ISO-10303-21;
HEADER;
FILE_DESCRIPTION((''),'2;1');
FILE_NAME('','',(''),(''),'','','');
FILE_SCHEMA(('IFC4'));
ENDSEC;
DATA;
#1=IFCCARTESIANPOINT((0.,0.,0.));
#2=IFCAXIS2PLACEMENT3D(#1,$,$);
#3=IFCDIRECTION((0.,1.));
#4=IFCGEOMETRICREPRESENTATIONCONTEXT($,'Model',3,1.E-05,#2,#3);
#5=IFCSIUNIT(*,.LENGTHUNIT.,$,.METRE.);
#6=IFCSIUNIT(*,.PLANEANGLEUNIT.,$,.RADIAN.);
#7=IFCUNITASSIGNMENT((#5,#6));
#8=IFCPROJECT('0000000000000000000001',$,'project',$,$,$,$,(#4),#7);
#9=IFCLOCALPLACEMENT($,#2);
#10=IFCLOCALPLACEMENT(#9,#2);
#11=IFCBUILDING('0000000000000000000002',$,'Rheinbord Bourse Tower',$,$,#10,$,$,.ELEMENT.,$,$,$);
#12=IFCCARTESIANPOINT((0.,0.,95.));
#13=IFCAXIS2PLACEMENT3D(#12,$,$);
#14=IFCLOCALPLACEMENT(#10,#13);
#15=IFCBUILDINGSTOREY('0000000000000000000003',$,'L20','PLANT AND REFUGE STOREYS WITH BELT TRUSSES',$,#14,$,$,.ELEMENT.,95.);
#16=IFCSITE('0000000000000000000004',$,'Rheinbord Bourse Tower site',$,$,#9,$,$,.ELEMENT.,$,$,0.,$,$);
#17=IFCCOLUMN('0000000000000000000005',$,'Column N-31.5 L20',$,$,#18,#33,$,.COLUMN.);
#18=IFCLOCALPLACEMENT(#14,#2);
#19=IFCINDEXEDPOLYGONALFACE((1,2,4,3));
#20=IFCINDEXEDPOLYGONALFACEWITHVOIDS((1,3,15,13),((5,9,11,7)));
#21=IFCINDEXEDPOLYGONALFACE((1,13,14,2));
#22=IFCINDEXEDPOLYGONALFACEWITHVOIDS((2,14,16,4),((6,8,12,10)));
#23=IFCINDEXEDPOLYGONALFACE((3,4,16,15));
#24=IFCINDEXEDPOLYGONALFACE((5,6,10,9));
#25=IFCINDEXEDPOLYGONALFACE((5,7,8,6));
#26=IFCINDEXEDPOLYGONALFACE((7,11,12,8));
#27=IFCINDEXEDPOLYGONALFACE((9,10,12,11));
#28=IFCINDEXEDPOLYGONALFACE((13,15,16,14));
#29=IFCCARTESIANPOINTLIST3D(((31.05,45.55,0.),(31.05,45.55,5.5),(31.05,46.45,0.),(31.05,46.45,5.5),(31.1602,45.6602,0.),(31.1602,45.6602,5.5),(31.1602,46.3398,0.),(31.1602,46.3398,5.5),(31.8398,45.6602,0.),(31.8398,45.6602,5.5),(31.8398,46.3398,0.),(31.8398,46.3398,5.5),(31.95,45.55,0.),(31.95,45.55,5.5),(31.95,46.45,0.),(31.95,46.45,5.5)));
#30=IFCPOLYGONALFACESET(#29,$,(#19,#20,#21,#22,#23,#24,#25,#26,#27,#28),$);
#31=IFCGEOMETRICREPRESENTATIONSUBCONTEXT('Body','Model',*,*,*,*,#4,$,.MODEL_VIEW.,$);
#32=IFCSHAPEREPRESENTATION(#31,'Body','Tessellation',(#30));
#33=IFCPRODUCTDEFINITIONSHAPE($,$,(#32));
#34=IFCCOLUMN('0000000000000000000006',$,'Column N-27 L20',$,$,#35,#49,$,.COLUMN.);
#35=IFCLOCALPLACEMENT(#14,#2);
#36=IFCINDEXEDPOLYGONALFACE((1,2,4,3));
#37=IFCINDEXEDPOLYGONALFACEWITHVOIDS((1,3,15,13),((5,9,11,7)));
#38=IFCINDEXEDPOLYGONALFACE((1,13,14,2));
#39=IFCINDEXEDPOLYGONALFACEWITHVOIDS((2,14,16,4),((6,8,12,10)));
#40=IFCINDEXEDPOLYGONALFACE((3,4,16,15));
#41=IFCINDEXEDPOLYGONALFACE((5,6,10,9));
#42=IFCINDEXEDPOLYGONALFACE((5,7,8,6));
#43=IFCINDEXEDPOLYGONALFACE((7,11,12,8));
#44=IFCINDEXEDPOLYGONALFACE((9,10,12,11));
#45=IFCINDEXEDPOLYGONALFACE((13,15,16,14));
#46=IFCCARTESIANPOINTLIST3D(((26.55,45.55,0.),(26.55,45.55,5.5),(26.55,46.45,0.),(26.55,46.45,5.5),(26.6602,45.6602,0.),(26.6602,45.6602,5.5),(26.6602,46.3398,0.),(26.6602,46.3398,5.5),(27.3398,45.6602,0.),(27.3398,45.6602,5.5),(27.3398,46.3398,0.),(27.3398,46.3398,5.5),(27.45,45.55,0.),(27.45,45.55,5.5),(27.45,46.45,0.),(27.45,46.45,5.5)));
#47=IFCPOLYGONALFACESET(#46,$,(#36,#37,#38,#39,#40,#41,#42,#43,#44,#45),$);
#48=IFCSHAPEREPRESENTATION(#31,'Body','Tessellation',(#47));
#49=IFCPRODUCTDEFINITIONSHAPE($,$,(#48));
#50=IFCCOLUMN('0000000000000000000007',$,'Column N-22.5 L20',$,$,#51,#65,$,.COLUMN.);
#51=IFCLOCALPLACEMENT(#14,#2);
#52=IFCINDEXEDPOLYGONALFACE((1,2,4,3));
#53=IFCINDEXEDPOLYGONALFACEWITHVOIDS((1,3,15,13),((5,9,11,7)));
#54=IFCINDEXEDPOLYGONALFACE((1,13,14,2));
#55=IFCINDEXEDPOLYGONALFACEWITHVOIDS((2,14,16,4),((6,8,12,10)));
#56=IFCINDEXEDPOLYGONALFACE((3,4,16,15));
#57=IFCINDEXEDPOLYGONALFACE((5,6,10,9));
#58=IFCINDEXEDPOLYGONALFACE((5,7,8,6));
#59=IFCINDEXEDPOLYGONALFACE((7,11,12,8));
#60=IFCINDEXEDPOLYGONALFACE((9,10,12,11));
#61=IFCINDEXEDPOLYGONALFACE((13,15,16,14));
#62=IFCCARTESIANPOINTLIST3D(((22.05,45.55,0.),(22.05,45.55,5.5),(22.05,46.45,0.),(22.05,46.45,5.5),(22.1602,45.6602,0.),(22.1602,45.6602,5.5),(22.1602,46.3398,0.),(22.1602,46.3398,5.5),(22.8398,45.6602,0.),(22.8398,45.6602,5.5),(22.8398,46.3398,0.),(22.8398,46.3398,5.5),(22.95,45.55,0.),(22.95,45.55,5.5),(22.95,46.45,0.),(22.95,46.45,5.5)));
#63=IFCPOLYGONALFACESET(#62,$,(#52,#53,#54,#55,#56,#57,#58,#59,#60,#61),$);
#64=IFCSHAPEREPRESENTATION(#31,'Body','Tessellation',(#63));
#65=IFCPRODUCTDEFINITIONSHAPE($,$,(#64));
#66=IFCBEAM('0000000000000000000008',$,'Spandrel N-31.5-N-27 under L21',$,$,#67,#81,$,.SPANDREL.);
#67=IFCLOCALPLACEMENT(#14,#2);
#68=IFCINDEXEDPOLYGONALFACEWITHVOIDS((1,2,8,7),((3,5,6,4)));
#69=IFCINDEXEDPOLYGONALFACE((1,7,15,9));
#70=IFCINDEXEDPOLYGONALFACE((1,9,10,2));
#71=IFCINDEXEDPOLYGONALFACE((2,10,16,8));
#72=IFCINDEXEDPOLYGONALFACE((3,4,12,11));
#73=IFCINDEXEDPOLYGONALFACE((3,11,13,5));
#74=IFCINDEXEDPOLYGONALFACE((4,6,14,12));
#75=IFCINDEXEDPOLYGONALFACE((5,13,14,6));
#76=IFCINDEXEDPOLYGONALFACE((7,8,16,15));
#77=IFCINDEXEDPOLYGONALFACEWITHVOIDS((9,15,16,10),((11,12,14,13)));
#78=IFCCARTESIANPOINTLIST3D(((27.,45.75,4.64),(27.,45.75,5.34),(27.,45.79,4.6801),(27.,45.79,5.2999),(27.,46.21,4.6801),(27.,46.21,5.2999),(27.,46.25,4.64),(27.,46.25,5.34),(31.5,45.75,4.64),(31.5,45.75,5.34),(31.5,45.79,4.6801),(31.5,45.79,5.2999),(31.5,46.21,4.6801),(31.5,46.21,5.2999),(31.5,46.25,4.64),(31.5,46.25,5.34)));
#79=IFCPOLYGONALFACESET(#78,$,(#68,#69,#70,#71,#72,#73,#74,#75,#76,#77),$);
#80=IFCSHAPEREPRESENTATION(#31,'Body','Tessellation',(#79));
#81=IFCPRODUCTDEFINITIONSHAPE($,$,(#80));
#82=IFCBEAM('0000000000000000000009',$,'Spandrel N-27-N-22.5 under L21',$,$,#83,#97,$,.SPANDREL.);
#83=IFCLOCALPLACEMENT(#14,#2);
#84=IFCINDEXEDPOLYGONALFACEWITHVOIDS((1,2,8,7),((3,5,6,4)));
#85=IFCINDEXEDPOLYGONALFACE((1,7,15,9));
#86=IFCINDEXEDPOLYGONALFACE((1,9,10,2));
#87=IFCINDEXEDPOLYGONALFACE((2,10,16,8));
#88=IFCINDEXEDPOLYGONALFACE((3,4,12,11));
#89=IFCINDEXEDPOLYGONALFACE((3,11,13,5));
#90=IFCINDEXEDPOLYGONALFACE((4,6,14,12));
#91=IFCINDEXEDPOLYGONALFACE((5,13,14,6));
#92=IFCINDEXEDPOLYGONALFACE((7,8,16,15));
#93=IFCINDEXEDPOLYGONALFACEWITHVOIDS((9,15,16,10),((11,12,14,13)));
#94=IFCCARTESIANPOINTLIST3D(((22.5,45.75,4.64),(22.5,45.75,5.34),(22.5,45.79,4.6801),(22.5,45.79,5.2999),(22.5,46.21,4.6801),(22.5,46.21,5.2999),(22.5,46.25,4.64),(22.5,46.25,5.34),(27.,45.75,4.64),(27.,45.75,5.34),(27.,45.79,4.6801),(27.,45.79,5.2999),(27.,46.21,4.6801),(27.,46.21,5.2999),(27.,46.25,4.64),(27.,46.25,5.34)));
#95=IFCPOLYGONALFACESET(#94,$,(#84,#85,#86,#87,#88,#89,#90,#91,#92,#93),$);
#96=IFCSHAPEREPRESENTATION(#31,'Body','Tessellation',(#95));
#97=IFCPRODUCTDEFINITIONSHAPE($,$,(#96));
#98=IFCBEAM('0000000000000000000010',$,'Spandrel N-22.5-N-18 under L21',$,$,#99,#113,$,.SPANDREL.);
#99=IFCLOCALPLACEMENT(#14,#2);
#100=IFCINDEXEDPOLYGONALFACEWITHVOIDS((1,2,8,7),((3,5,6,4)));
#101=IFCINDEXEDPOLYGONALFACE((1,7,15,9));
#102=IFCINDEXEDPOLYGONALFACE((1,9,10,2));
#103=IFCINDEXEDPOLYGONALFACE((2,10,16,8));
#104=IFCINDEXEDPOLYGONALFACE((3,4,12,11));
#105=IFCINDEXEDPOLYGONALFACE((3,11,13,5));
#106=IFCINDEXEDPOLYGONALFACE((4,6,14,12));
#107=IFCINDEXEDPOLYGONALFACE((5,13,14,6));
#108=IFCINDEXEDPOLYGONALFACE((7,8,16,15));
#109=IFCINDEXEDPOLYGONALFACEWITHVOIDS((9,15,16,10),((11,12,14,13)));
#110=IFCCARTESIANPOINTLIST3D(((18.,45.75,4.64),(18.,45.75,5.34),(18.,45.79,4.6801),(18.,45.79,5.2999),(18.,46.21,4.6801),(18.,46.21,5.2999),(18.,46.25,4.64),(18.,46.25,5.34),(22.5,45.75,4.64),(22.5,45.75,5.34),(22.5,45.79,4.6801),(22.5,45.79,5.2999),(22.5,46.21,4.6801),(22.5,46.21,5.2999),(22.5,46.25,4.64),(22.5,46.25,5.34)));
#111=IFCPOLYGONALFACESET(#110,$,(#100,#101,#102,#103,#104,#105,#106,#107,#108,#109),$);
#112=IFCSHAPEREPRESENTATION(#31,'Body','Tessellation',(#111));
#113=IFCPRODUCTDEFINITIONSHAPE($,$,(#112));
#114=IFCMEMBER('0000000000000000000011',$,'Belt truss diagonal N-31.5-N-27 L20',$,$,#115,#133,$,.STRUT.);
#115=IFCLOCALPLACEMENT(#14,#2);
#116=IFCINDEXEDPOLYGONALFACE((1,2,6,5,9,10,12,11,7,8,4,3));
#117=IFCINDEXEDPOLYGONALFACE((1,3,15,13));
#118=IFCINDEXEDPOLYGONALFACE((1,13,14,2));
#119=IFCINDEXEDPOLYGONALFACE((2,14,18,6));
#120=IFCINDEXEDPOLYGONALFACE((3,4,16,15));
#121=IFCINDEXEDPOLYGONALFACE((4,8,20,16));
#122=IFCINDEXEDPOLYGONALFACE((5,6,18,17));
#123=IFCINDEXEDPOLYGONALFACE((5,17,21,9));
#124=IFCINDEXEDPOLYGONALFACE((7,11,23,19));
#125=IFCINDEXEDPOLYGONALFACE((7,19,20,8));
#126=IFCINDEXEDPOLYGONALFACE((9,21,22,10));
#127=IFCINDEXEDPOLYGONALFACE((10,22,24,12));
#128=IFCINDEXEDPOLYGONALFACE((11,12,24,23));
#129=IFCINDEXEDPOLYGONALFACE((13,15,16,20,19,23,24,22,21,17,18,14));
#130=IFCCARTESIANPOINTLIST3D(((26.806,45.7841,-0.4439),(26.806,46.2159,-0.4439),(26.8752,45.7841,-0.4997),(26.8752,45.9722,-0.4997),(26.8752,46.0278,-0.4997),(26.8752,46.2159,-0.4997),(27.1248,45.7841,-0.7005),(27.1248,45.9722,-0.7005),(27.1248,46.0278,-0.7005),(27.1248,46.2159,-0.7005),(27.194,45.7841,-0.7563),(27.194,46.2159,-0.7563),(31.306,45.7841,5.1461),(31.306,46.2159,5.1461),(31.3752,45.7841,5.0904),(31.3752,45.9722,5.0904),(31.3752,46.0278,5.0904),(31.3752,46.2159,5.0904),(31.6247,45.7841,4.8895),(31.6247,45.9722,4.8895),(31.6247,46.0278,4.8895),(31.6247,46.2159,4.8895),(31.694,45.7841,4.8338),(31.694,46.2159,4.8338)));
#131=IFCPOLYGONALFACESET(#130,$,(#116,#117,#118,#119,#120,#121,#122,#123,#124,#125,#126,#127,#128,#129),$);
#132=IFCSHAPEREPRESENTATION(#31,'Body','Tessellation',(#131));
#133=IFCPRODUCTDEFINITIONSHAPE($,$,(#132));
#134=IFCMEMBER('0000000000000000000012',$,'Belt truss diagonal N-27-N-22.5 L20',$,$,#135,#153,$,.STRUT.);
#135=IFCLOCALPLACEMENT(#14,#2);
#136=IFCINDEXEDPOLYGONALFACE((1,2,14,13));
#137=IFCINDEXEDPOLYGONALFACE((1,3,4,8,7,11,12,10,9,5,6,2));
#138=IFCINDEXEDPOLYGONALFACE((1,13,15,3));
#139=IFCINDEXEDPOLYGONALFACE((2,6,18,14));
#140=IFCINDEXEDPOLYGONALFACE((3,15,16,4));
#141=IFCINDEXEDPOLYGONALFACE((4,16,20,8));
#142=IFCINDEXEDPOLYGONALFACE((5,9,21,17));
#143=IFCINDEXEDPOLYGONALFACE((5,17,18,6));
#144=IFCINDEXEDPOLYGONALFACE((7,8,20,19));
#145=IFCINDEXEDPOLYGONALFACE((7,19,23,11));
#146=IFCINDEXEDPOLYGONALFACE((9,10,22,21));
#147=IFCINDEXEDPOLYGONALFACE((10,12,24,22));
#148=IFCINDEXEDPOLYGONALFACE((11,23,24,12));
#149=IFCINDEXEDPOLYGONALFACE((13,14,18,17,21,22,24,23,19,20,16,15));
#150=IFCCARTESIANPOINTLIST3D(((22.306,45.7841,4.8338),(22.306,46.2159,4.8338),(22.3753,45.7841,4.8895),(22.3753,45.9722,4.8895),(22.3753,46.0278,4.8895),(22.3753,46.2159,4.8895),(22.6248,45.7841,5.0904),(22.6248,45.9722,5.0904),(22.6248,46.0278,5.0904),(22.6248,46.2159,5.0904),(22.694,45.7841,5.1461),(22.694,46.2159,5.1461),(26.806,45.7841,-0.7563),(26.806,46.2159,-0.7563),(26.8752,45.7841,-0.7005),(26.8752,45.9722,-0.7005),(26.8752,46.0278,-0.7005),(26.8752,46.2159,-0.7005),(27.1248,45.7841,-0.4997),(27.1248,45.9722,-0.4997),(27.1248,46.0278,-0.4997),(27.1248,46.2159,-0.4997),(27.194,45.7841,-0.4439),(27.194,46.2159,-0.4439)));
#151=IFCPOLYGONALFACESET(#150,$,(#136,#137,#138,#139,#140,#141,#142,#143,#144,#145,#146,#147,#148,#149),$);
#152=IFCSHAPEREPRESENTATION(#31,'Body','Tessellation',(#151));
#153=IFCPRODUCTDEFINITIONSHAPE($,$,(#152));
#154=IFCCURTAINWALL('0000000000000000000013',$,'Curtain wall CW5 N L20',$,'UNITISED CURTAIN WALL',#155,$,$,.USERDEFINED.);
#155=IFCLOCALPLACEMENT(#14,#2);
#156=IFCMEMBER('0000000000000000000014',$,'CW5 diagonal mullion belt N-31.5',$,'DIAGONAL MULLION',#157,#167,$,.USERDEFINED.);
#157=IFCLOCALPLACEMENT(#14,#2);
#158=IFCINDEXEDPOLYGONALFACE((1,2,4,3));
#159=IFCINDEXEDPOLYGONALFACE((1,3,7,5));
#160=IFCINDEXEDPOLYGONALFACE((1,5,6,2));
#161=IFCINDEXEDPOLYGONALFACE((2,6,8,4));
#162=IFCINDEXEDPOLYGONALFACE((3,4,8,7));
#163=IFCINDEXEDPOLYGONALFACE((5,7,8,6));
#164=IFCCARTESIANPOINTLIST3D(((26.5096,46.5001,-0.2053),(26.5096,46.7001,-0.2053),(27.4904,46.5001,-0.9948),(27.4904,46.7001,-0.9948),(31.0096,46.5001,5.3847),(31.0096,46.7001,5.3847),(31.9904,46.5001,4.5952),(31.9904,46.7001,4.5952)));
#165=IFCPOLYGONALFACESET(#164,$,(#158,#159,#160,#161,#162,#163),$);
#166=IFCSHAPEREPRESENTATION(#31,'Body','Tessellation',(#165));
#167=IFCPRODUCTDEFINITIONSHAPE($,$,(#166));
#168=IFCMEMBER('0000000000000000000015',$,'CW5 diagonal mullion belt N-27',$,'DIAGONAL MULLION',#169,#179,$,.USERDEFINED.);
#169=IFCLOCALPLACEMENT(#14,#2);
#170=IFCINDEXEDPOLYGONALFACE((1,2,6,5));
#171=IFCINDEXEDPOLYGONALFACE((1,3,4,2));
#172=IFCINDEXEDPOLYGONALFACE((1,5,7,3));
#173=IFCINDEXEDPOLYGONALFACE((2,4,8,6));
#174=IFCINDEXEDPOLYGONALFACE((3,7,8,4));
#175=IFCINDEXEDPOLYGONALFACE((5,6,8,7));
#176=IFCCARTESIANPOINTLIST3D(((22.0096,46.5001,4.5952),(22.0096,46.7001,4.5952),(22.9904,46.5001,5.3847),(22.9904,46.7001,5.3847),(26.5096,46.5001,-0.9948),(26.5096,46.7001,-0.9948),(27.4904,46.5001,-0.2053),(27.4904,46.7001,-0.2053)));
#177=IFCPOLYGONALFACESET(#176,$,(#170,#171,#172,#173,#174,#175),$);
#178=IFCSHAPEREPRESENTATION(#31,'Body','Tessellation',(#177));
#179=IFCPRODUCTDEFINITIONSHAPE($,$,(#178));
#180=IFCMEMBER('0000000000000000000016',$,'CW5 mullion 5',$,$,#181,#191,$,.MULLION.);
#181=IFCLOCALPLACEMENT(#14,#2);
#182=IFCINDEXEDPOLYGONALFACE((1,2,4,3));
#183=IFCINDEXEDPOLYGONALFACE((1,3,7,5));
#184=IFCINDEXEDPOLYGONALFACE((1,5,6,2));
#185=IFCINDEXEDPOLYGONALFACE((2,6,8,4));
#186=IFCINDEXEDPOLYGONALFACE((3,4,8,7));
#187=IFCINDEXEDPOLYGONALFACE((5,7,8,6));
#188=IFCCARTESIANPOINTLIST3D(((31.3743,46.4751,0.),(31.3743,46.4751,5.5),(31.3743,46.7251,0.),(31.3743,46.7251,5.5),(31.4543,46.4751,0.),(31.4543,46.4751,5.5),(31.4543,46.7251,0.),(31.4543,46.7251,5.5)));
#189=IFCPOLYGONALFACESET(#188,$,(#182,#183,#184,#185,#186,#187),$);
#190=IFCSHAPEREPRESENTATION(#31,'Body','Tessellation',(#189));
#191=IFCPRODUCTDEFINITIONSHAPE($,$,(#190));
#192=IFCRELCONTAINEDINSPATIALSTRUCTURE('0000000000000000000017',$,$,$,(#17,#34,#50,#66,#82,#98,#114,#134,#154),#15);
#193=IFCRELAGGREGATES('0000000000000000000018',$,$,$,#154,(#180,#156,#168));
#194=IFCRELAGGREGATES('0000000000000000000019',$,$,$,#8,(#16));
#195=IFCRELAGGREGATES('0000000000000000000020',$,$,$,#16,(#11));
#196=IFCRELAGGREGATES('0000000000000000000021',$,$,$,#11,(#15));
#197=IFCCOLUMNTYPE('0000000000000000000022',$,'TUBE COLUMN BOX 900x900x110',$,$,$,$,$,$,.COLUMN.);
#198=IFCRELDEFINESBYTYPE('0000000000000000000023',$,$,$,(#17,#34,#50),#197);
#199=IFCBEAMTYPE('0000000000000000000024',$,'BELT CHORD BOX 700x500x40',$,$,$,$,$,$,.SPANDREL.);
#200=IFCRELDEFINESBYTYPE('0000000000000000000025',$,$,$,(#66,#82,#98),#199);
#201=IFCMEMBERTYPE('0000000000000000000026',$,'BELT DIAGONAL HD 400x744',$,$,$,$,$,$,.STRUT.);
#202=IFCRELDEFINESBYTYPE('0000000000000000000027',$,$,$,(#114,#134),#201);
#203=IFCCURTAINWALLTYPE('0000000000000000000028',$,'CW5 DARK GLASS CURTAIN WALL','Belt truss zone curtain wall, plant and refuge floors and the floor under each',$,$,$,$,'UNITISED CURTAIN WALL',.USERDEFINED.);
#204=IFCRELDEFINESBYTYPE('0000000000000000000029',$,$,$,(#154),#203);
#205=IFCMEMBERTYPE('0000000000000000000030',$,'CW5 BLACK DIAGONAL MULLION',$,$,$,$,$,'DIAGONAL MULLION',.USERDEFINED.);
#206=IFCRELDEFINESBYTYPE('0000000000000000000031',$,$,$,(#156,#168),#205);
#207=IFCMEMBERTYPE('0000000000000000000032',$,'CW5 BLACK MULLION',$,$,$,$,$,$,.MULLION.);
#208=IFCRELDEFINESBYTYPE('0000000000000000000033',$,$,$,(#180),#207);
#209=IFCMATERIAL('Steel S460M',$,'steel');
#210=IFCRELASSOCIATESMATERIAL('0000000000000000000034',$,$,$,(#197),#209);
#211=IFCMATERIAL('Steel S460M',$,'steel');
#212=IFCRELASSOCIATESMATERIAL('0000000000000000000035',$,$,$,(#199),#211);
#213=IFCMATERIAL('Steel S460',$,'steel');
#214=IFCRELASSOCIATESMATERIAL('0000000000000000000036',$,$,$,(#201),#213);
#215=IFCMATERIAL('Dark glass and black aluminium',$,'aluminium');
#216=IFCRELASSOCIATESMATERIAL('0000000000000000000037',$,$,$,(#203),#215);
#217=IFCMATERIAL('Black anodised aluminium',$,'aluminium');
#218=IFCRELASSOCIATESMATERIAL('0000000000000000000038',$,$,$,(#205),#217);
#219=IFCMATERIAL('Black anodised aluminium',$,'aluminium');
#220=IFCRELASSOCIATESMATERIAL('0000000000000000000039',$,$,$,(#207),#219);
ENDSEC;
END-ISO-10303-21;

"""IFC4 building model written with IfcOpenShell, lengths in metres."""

from ifc_helpers import new_model, si_unit, direction, frame, origin, origin_2d, place, context, subcontext, project, spatial, rectangle, hollow_rectangle, i_section, extrude, material, material_profile, profile_set, type_object, element, aggregate, save


model = new_model("IFC4")

# Units and contexts
model_context = context("Model", 3, precision=1e-05, world=origin(), true_north=direction((0.0, 1.0)))
body_context = subcontext(model_context, "Body", "Model", "MODEL_VIEW")
ifc_project = project(units=[si_unit("LENGTHUNIT", "METRE"), si_unit("PLANEANGLEUNIT", "RADIAN")], contexts=[model_context])

# Site, building, storey
site_placement = place(None, origin())
site = spatial("IfcSite", under=ifc_project, at=site_placement, Name="Rheinbord Bourse Tower site", CompositionType="ELEMENT", RefElevation=0.0)
building_placement = place(site_placement, origin())
building = spatial("IfcBuilding", under=site, at=building_placement, Name="Rheinbord Bourse Tower", CompositionType="ELEMENT")
storey_placement = place(building_placement, frame((0.0, 0.0, 95.0)))
storey = spatial("IfcBuildingStorey", under=building, at=storey_placement, Name="L20", Description="PLANT AND REFUGE STOREYS WITH BELT TRUSSES", CompositionType="ELEMENT", Elevation=95.0)

# Columns
ifc_material_1 = material(Name="Steel S460M", Category="steel")
ifc_material_profile_1 = material_profile(ifc_material_1, hollow_rectangle(XDim=0.8999, YDim=0.8999, WallThickness=0.1101, at=origin_2d()), Name="BOX 900x900x110")
ifc_profile_set_1 = profile_set([ifc_material_profile_1], Name="Steel S460M")
column_type = type_object("IfcColumnType", Name="TUBE COLUMN BOX 900x900x110", PredefinedType="COLUMN", material=ifc_profile_set_1)
for number, where, z_axis, x_axis, name in (
    (1, (31.5, 46.0, 0.0), (0.0, 0.0, 1.0), (0.0, 1.0, 0.0), "Column N-31.5 L20"),
    (2, (27.0, 46.0, 0.0), (0.0, 0.0, 1.0), (0.0, 1.0, 0.0), "Column N-27 L20"),
    (3, (22.5, 46.0, 0.0), (0.0, 0.0, 1.0), (0.0, 1.0, 0.0), "Column N-22.5 L20"),
):
    element("IfcColumn", number, at=place(storey_placement, frame(where, z_axis=z_axis, x_axis=x_axis)), inside=storey, type_object=column_type, Name=name, PredefinedType="COLUMN", context=body_context, shape_type="SweptSolid", body=[
        extrude(hollow_rectangle(XDim=0.8999, YDim=0.8999, WallThickness=0.1101, at=origin_2d()), origin(), (0.0, 0.0, 1.0), 5.5),
    ])

# Beams
ifc_material_2 = material(Name="Steel S460M", Category="steel")
ifc_material_profile_2 = material_profile(ifc_material_2, hollow_rectangle(XDim=0.5, YDim=0.7, WallThickness=0.04, at=origin_2d()), Name="BOX 700x500x40")
ifc_profile_set_2 = profile_set([ifc_material_profile_2], Name="Steel S460M")
beam_type_1 = type_object("IfcBeamType", Name="BELT CHORD BOX 700x500x40", PredefinedType="SPANDREL", material=ifc_profile_set_2)
for number, where, z_axis, x_axis, name in (
    (4, (31.5, 46.0, 4.99), (-1.0, 0.0, 0.0), (0.0, -1.0, 0.0), "Spandrel N-31.5-N-27 under L21"),
    (5, (27.0, 46.0, 4.99), (-1.0, 0.0, 0.0), (0.0, -1.0, 0.0), "Spandrel N-27-N-22.5 under L21"),
    (6, (22.5, 46.0, 4.99), (-1.0, 0.0, 0.0), (0.0, -1.0, 0.0), "Spandrel N-22.5-N-18 under L21"),
):
    element("IfcBeam", number, at=place(storey_placement, frame(where, z_axis=z_axis, x_axis=x_axis)), inside=storey, type_object=beam_type_1, Name=name, PredefinedType="SPANDREL", context=body_context, shape_type="SweptSolid", body=[
        extrude(hollow_rectangle(XDim=0.5, YDim=0.7, WallThickness=0.04, at=origin_2d()), origin(), (0.0, 0.0, 1.0), 4.5),
    ])

# Members
ifc_material_3 = material(Name="Steel S460", Category="steel")
ifc_material_profile_3 = material_profile(ifc_material_3, i_section(OverallWidth=0.4319, OverallDepth=0.498, WebThickness=0.0557, FlangeThickness=0.0889, at=origin_2d()), Name="HD 400x744")
ifc_profile_set_3 = profile_set([ifc_material_profile_3], Name="Steel S460")
member_type_1 = type_object("IfcMemberType", Name="BELT DIAGONAL HD 400x744", PredefinedType="STRUT", material=ifc_profile_set_3)
for number, where, z_axis, x_axis, name in (
    (7, (27.0, 46.0, -0.6001), (0.627065, 0.0, 0.778967), (0.0, 1.0, 0.0), "Belt truss diagonal N-31.5-N-27 L20"),
    (8, (27.0, 46.0, -0.6001), (-0.627065, 0.0, 0.778967), (0.0, -1.0, 0.0), "Belt truss diagonal N-27-N-22.5 L20"),
):
    element("IfcMember", number, at=place(storey_placement, frame(where, z_axis=z_axis, x_axis=x_axis)), inside=storey, type_object=member_type_1, Name=name, PredefinedType="STRUT", context=body_context, shape_type="SweptSolid", body=[
        extrude(i_section(OverallWidth=0.4319, OverallDepth=0.498, WebThickness=0.0557, FlangeThickness=0.0889, at=origin_2d()), origin(), (0.0, 0.0, 1.0), 7.1763),
    ])

# Curtain wall, members
ifc_material_4 = material(Name="Dark glass and black aluminium", Category="aluminium")
curtain_wall_type = type_object("IfcCurtainWallType", Name="CW5 DARK GLASS CURTAIN WALL", Description="Belt truss zone curtain wall, plant and refuge floors and the floor under each", ElementType="UNITISED CURTAIN WALL", PredefinedType="USERDEFINED", material=ifc_material_4)
curtain_wall_placement = place(storey_placement, origin())
curtain_wall = element("IfcCurtainWall", 9, at=curtain_wall_placement, inside=storey, type_object=curtain_wall_type, Name="Curtain wall CW5 N L20", ObjectType="UNITISED CURTAIN WALL", PredefinedType="USERDEFINED")
ifc_material_5 = material(Name="Black anodised aluminium", Category="aluminium")
ifc_material_profile_4 = material_profile(ifc_material_5, rectangle(XDim=0.2, YDim=1.259, at=origin_2d()), Name="CW5 DIAGONAL MULLION 1259x200")
ifc_profile_set_4 = profile_set([ifc_material_profile_4], Name="Black anodised aluminium")
member_type_2 = type_object("IfcMemberType", Name="CW5 BLACK DIAGONAL MULLION", ElementType="DIAGONAL MULLION", PredefinedType="USERDEFINED", material=ifc_profile_set_4)
member_1_placement = place(storey_placement, frame((27.0, 46.6001, -0.6001), z_axis=(0.627065, 0.0, 0.778967), x_axis=(0.0, 1.0, 0.0)))
member_1 = element("IfcMember", 10, at=member_1_placement, type_object=member_type_2, Name="CW5 diagonal mullion belt N-31.5", ObjectType="DIAGONAL MULLION", PredefinedType="USERDEFINED", context=body_context, shape_type="SweptSolid", body=[
    extrude(rectangle(XDim=0.2, YDim=1.259, at=origin_2d()), origin(), (0.0, 0.0, 1.0), 7.1763),
])
member_2_placement = place(storey_placement, frame((27.0, 46.6001, -0.6001), z_axis=(-0.627065, 0.0, 0.778967), x_axis=(0.0, -1.0, 0.0)))
member_2 = element("IfcMember", 11, at=member_2_placement, type_object=member_type_2, Name="CW5 diagonal mullion belt N-27", ObjectType="DIAGONAL MULLION", PredefinedType="USERDEFINED", context=body_context, shape_type="SweptSolid", body=[
    extrude(rectangle(XDim=0.2, YDim=1.259, at=origin_2d()), origin(), (0.0, 0.0, 1.0), 7.1763),
])
ifc_material_6 = material(Name="Black anodised aluminium", Category="aluminium")
ifc_material_profile_5 = material_profile(ifc_material_6, rectangle(XDim=0.25, YDim=0.0801, at=origin_2d()), Name="CW5 MULLION 80x250")
ifc_profile_set_5 = profile_set([ifc_material_profile_5], Name="Black anodised aluminium")
member_type_3 = type_object("IfcMemberType", Name="CW5 BLACK MULLION", PredefinedType="MULLION", material=ifc_profile_set_5)
member_3_placement = place(storey_placement, frame((31.4143, 46.6001, 0.0), z_axis=(0.0, 0.0, 1.0), x_axis=(0.0, -1.0, 0.0)))
member_3 = element("IfcMember", 12, at=member_3_placement, type_object=member_type_3, Name="CW5 mullion 5", PredefinedType="MULLION", context=body_context, shape_type="SweptSolid", body=[
    extrude(rectangle(XDim=0.25, YDim=0.0801, at=origin_2d()), origin(), (0.0, 0.0, 1.0), 5.5),
])

aggregate(curtain_wall, [member_3, member_1, member_2])

save(model, "model.ifc")
